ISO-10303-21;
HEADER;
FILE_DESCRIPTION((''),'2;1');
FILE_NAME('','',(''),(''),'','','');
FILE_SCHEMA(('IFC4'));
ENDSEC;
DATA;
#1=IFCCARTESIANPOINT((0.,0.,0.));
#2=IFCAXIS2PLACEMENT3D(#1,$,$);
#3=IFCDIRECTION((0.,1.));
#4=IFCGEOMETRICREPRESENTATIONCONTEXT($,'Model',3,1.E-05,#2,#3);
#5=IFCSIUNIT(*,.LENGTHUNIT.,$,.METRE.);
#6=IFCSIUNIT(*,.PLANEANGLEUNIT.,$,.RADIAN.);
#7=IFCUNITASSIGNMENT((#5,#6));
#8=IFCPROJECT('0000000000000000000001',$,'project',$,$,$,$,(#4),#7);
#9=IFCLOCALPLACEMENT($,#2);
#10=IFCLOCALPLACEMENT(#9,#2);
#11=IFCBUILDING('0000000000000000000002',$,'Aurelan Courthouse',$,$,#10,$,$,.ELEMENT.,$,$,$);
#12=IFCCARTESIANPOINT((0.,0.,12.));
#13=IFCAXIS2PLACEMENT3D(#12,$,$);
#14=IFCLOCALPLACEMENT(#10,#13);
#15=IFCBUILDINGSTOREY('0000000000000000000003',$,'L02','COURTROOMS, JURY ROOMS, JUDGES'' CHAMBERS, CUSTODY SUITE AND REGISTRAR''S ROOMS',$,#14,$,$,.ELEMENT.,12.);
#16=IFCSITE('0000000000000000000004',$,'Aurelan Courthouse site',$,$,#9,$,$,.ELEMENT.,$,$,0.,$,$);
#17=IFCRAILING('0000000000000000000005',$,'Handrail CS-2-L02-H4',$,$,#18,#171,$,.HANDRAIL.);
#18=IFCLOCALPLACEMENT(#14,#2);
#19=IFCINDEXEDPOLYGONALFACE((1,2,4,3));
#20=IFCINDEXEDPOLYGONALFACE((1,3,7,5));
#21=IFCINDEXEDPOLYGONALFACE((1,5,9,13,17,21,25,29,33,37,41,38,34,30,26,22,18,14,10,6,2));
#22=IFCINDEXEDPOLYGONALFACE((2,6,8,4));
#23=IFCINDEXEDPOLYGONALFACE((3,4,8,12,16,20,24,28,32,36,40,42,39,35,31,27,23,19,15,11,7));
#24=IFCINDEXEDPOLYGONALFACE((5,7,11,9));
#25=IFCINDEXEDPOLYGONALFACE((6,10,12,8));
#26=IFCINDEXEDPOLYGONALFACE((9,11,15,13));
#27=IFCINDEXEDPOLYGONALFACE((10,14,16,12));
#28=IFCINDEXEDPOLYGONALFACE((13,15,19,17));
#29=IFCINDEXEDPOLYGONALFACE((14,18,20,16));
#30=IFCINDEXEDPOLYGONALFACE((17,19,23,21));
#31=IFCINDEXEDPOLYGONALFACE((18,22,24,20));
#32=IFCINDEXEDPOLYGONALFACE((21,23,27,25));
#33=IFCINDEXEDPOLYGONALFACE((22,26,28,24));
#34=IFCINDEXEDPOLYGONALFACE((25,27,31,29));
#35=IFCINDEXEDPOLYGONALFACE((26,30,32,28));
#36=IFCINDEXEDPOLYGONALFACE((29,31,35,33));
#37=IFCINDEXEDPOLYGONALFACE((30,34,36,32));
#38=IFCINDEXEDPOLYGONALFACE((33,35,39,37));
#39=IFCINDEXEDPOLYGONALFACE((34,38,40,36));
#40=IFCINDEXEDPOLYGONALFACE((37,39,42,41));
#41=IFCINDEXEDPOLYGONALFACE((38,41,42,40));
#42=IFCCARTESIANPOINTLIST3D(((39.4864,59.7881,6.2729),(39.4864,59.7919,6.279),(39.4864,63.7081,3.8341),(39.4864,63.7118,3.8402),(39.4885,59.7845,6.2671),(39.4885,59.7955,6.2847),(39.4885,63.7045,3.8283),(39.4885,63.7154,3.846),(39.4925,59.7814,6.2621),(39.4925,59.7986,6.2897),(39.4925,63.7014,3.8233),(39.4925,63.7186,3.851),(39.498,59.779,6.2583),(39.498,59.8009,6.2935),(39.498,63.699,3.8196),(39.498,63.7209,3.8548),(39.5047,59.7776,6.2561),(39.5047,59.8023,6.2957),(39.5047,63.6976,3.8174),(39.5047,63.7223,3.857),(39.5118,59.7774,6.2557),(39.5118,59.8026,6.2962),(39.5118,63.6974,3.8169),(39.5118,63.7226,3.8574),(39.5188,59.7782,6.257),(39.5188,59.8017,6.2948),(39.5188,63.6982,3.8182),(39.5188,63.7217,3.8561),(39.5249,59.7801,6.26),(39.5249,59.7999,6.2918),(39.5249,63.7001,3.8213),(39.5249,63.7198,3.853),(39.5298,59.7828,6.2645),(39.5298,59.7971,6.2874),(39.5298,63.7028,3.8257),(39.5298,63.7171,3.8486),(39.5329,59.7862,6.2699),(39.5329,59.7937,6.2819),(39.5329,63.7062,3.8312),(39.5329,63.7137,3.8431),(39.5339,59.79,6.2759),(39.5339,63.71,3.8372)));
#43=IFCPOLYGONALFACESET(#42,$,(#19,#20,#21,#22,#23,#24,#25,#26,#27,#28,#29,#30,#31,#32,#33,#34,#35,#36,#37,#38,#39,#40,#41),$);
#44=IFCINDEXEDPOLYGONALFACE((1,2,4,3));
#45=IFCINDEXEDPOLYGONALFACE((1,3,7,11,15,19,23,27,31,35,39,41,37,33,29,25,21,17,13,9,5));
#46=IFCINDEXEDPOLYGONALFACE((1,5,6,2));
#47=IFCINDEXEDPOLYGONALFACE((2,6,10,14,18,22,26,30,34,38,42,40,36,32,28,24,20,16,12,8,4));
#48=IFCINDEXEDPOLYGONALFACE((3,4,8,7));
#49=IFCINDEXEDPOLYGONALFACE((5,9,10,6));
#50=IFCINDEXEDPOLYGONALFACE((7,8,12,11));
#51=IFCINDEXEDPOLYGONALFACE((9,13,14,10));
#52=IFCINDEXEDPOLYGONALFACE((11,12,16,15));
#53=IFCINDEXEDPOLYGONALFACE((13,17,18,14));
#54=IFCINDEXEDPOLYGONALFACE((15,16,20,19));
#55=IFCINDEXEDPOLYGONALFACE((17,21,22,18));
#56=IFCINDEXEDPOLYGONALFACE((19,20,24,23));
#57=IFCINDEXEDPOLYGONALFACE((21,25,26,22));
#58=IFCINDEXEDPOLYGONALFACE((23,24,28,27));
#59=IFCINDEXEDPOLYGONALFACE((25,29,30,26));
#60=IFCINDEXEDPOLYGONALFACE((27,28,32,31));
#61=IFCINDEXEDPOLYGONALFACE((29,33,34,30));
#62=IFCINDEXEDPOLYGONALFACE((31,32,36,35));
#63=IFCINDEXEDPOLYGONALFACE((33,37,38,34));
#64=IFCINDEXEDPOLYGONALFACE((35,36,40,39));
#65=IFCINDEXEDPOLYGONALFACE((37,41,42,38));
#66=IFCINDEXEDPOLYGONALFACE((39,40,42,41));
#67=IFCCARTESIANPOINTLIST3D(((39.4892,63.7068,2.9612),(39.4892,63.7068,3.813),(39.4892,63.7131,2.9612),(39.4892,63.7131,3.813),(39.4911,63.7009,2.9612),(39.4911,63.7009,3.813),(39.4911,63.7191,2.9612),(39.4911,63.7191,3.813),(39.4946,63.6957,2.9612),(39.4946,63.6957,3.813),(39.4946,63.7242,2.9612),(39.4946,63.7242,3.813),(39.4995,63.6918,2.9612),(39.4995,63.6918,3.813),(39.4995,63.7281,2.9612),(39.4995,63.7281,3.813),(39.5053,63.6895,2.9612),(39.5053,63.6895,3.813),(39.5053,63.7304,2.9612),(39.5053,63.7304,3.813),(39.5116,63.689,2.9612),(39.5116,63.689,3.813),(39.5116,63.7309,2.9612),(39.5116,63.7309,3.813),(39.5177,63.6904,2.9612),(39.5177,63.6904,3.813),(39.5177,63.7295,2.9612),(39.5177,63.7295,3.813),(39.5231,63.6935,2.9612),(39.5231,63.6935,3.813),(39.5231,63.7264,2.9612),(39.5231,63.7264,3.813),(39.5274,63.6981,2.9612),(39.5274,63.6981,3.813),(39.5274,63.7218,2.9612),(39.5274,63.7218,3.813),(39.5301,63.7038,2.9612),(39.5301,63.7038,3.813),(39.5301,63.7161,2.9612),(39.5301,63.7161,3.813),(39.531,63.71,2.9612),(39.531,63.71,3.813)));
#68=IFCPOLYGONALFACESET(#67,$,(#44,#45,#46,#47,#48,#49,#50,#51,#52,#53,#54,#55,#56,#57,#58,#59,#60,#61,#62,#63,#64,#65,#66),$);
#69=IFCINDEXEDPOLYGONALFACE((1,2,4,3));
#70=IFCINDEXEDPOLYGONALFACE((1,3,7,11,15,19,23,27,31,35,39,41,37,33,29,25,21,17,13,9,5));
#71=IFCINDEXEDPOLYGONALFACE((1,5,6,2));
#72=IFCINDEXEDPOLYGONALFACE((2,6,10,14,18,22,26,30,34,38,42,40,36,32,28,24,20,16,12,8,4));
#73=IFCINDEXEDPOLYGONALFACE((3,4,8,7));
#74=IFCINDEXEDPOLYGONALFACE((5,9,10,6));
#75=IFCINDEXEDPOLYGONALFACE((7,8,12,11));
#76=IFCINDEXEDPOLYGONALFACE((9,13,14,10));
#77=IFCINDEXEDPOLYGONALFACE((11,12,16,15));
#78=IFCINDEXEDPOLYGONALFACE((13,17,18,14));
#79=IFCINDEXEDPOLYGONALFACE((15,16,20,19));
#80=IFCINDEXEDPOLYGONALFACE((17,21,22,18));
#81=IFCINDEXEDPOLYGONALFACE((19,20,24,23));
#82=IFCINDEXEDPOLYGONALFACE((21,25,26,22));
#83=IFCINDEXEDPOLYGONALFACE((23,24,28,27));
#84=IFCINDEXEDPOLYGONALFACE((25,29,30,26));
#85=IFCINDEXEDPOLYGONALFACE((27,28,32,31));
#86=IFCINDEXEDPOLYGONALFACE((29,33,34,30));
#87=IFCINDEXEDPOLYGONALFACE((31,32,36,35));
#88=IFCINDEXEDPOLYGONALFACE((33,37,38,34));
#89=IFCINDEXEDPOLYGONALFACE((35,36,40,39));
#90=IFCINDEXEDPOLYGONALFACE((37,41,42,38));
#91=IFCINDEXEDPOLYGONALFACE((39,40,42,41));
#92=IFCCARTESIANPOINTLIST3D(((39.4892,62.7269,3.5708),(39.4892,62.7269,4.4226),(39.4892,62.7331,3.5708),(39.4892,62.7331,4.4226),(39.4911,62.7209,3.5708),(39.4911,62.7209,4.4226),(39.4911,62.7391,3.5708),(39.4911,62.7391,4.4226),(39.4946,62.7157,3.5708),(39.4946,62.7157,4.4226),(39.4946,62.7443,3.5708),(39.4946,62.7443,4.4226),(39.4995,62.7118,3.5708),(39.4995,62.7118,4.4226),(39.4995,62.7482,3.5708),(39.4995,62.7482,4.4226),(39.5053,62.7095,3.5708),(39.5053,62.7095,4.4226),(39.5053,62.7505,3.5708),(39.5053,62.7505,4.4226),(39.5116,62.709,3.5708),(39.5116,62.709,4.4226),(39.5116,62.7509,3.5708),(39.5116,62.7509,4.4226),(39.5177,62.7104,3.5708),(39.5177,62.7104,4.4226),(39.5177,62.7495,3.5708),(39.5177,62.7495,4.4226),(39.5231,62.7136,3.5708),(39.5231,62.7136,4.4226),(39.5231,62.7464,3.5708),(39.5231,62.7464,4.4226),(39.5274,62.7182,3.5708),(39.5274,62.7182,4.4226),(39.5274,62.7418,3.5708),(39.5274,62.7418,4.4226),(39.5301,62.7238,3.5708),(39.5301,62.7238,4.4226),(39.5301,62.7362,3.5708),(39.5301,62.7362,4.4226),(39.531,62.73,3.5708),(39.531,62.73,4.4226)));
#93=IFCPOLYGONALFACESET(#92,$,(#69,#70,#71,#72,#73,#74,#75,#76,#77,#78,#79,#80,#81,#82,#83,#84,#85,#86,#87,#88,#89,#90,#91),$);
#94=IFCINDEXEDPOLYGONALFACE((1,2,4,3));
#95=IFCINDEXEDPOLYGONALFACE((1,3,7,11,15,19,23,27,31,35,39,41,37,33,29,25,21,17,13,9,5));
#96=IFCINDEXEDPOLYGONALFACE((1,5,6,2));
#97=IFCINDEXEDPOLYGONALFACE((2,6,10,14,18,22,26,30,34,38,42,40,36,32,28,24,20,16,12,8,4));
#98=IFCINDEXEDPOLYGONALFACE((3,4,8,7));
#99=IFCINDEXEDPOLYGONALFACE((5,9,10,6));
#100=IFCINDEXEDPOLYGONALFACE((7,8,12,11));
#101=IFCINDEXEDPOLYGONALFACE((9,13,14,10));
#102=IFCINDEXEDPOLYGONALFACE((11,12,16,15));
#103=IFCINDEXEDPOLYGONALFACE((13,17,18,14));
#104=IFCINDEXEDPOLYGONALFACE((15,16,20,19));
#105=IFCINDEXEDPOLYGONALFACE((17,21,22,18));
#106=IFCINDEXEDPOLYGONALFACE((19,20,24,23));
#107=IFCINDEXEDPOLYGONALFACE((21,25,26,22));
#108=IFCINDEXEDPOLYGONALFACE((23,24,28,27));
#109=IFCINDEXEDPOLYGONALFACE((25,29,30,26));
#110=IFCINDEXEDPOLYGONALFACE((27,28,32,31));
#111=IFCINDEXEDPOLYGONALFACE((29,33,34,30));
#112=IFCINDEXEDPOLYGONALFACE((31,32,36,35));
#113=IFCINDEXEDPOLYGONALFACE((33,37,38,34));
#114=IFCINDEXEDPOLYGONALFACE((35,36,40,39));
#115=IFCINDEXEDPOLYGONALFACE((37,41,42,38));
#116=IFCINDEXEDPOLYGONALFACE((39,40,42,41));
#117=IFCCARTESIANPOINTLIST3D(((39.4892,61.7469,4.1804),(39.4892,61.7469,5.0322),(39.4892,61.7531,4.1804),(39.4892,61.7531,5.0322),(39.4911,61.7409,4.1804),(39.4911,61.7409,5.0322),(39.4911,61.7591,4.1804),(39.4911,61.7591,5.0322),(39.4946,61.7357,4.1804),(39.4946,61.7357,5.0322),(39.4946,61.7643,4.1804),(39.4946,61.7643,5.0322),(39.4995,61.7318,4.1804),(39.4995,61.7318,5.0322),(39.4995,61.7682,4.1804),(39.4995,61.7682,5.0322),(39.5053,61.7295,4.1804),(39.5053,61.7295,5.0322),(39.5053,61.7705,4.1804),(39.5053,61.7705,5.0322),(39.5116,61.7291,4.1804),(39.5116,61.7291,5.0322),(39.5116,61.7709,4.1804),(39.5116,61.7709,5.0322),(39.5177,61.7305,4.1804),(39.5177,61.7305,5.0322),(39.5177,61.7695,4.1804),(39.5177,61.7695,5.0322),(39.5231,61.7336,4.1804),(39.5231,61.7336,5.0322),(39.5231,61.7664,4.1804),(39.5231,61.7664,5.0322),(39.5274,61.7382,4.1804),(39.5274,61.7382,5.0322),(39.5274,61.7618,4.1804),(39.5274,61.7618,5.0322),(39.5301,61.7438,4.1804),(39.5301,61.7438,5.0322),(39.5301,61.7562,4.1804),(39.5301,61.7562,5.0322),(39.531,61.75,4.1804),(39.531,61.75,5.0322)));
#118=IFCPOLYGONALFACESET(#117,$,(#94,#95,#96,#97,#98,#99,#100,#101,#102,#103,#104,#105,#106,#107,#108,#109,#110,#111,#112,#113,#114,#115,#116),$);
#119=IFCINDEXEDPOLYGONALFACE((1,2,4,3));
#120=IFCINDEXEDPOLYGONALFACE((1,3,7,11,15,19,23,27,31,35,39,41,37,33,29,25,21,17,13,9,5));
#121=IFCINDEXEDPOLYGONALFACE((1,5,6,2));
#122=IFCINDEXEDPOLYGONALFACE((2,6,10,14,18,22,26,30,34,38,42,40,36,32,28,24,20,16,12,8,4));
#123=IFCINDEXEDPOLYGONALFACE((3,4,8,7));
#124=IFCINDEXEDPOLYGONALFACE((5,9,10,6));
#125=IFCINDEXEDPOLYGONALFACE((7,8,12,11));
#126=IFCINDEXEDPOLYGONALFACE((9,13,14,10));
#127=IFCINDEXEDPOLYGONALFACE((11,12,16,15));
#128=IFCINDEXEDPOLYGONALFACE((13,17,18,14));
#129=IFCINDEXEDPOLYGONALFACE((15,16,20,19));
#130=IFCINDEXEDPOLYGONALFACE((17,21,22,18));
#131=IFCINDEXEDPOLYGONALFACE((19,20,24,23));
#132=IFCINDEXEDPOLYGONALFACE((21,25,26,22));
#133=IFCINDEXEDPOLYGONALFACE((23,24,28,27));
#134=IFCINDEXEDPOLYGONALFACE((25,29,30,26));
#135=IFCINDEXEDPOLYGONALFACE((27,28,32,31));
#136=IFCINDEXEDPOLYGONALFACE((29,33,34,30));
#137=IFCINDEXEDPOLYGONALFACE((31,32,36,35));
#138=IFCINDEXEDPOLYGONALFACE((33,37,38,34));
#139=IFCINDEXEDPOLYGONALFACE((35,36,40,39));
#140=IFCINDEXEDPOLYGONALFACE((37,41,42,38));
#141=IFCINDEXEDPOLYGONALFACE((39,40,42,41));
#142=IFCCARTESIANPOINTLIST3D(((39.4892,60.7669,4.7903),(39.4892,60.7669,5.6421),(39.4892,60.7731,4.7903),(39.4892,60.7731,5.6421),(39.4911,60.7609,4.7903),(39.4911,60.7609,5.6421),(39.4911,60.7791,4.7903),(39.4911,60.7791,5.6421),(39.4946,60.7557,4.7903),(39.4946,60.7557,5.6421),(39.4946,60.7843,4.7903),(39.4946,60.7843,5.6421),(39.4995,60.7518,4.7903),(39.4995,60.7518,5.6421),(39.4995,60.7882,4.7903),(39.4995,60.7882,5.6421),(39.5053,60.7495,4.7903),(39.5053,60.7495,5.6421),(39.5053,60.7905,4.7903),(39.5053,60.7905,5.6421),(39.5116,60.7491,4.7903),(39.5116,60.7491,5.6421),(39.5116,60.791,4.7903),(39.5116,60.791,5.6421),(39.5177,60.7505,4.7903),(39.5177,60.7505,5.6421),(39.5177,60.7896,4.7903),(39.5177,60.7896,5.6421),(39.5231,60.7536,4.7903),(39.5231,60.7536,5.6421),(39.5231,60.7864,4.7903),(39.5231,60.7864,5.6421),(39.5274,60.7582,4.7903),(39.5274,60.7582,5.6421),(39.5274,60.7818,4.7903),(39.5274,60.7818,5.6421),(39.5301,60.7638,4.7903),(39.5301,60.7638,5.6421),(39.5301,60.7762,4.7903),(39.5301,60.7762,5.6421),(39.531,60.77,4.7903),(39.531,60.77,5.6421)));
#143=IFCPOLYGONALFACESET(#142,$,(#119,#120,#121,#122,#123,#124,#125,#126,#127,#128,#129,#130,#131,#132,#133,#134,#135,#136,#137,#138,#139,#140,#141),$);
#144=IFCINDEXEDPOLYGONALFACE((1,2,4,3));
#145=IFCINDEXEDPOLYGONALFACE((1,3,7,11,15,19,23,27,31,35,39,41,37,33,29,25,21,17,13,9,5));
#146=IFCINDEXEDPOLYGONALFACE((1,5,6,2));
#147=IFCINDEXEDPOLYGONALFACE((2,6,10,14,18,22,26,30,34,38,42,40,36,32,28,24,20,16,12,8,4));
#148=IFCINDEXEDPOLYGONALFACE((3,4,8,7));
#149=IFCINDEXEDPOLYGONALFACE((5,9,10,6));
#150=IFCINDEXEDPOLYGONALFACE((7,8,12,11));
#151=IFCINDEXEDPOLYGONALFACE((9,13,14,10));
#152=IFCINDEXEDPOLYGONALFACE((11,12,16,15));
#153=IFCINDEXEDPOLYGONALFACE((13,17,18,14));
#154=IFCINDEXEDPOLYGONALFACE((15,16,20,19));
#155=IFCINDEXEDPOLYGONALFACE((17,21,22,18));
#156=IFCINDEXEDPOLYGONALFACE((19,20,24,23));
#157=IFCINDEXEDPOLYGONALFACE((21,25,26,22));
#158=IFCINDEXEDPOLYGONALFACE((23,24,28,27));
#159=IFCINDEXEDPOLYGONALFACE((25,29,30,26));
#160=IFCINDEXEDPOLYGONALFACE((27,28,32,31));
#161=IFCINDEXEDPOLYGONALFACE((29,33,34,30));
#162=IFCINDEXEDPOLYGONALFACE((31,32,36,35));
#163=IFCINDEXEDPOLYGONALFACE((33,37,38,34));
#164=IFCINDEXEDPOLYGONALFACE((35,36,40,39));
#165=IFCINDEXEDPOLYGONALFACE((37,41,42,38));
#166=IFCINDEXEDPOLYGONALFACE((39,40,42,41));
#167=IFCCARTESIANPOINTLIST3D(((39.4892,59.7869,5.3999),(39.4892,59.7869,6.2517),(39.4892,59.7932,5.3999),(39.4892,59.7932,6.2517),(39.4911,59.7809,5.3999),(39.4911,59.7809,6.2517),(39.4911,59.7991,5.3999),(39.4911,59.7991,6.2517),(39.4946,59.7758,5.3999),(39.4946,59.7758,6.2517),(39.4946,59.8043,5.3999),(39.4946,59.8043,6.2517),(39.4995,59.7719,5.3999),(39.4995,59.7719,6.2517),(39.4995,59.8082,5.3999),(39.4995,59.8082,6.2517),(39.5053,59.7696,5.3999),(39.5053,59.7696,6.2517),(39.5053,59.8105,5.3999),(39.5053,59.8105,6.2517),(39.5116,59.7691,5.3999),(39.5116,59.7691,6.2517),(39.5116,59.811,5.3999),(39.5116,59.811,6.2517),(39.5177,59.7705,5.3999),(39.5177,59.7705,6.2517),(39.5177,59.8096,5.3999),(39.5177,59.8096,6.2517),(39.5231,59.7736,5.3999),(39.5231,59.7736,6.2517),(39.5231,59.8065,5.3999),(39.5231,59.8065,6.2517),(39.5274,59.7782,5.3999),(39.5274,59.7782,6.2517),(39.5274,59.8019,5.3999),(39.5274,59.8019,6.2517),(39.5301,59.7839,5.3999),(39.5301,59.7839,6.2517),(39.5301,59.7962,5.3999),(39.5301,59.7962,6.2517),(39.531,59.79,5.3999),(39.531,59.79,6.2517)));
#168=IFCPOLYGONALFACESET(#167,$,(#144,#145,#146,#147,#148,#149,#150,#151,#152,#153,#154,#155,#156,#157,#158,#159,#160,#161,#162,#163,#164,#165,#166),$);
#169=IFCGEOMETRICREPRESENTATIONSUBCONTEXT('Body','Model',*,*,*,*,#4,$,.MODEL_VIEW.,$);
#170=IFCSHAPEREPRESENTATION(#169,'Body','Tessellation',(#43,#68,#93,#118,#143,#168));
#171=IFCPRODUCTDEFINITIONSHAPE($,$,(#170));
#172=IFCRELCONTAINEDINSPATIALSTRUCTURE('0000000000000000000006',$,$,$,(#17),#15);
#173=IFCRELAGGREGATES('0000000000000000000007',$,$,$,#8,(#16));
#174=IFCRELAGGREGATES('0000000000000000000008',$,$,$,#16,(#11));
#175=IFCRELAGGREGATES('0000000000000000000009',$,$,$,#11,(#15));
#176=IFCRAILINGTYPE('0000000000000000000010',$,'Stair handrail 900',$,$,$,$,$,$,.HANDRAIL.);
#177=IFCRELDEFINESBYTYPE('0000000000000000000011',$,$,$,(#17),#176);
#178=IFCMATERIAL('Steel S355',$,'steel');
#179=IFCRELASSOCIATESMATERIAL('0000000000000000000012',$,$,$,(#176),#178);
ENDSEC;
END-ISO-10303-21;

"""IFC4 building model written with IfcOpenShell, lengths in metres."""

from ifc_helpers import new_model, si_unit, direction, frame, origin, origin_2d, place, context, subcontext, project, spatial, circle, extrude, material, type_object, element, save


model = new_model("IFC4")

# Units and contexts
model_context = context("Model", 3, precision=1e-05, world=origin(), true_north=direction((0.0, 1.0)))
body_context = subcontext(model_context, "Body", "Model", "MODEL_VIEW")
ifc_project = project(units=[si_unit("LENGTHUNIT", "METRE"), si_unit("PLANEANGLEUNIT", "RADIAN")], contexts=[model_context])

# Site, building, storey
site_placement = place(None, origin())
site = spatial("IfcSite", under=ifc_project, at=site_placement, Name="Aurelan Courthouse site", CompositionType="ELEMENT", RefElevation=0.0)
building_placement = place(site_placement, origin())
building = spatial("IfcBuilding", under=site, at=building_placement, Name="Aurelan Courthouse", CompositionType="ELEMENT")
storey_placement = place(building_placement, frame((0.0, 0.0, 12.0)))
storey = spatial("IfcBuildingStorey", under=building, at=storey_placement, Name="L02", Description="COURTROOMS, JURY ROOMS, JUDGES' CHAMBERS, CUSTODY SUITE AND REGISTRAR'S ROOMS", CompositionType="ELEMENT", Elevation=12.0)

# Railing
ifc_material_1 = material(Name="Steel S355", Category="steel")
railing_type_1 = type_object("IfcRailingType", Name="Stair handrail 900", PredefinedType="HANDRAIL", material=ifc_material_1)
for number, where, name in (
    (1, (39.51, 63.71, 2.9612), "Handrail CS-2-L02-H4"),
):
    element("IfcRailing", number, at=place(storey_placement, frame(where)), inside=storey, type_object=railing_type_1, Name=name, PredefinedType="HANDRAIL", context=body_context, shape_type="SweptSolid", body=[
        extrude(circle(Radius=0.0239, at=origin_2d()), frame((0.0, 0.0, 0.876), z_axis=(0.0, -0.84909, 0.528249), x_axis=(1.0, 0.0, 0.0)), (0.0, 0.0, 1.0), 4.6167),
        extrude(circle(Radius=0.021, at=origin_2d()), origin(), (0.0, 0.0, 1.0), 0.8518),
        extrude(circle(Radius=0.021, at=origin_2d()), frame((0.0, -0.98, 0.6096)), (0.0, 0.0, 1.0), 0.8518),
        extrude(circle(Radius=0.021, at=origin_2d()), frame((0.0, -1.96, 1.2192)), (0.0, 0.0, 1.0), 0.8518),
        extrude(circle(Radius=0.021, at=origin_2d()), frame((0.0, -2.9399, 1.8291)), (0.0, 0.0, 1.0), 0.8518),
        extrude(circle(Radius=0.021, at=origin_2d()), frame((0.0, -3.9199, 2.4387)), (0.0, 0.0, 1.0), 0.8518),
    ])

save(model, "model.ifc")
